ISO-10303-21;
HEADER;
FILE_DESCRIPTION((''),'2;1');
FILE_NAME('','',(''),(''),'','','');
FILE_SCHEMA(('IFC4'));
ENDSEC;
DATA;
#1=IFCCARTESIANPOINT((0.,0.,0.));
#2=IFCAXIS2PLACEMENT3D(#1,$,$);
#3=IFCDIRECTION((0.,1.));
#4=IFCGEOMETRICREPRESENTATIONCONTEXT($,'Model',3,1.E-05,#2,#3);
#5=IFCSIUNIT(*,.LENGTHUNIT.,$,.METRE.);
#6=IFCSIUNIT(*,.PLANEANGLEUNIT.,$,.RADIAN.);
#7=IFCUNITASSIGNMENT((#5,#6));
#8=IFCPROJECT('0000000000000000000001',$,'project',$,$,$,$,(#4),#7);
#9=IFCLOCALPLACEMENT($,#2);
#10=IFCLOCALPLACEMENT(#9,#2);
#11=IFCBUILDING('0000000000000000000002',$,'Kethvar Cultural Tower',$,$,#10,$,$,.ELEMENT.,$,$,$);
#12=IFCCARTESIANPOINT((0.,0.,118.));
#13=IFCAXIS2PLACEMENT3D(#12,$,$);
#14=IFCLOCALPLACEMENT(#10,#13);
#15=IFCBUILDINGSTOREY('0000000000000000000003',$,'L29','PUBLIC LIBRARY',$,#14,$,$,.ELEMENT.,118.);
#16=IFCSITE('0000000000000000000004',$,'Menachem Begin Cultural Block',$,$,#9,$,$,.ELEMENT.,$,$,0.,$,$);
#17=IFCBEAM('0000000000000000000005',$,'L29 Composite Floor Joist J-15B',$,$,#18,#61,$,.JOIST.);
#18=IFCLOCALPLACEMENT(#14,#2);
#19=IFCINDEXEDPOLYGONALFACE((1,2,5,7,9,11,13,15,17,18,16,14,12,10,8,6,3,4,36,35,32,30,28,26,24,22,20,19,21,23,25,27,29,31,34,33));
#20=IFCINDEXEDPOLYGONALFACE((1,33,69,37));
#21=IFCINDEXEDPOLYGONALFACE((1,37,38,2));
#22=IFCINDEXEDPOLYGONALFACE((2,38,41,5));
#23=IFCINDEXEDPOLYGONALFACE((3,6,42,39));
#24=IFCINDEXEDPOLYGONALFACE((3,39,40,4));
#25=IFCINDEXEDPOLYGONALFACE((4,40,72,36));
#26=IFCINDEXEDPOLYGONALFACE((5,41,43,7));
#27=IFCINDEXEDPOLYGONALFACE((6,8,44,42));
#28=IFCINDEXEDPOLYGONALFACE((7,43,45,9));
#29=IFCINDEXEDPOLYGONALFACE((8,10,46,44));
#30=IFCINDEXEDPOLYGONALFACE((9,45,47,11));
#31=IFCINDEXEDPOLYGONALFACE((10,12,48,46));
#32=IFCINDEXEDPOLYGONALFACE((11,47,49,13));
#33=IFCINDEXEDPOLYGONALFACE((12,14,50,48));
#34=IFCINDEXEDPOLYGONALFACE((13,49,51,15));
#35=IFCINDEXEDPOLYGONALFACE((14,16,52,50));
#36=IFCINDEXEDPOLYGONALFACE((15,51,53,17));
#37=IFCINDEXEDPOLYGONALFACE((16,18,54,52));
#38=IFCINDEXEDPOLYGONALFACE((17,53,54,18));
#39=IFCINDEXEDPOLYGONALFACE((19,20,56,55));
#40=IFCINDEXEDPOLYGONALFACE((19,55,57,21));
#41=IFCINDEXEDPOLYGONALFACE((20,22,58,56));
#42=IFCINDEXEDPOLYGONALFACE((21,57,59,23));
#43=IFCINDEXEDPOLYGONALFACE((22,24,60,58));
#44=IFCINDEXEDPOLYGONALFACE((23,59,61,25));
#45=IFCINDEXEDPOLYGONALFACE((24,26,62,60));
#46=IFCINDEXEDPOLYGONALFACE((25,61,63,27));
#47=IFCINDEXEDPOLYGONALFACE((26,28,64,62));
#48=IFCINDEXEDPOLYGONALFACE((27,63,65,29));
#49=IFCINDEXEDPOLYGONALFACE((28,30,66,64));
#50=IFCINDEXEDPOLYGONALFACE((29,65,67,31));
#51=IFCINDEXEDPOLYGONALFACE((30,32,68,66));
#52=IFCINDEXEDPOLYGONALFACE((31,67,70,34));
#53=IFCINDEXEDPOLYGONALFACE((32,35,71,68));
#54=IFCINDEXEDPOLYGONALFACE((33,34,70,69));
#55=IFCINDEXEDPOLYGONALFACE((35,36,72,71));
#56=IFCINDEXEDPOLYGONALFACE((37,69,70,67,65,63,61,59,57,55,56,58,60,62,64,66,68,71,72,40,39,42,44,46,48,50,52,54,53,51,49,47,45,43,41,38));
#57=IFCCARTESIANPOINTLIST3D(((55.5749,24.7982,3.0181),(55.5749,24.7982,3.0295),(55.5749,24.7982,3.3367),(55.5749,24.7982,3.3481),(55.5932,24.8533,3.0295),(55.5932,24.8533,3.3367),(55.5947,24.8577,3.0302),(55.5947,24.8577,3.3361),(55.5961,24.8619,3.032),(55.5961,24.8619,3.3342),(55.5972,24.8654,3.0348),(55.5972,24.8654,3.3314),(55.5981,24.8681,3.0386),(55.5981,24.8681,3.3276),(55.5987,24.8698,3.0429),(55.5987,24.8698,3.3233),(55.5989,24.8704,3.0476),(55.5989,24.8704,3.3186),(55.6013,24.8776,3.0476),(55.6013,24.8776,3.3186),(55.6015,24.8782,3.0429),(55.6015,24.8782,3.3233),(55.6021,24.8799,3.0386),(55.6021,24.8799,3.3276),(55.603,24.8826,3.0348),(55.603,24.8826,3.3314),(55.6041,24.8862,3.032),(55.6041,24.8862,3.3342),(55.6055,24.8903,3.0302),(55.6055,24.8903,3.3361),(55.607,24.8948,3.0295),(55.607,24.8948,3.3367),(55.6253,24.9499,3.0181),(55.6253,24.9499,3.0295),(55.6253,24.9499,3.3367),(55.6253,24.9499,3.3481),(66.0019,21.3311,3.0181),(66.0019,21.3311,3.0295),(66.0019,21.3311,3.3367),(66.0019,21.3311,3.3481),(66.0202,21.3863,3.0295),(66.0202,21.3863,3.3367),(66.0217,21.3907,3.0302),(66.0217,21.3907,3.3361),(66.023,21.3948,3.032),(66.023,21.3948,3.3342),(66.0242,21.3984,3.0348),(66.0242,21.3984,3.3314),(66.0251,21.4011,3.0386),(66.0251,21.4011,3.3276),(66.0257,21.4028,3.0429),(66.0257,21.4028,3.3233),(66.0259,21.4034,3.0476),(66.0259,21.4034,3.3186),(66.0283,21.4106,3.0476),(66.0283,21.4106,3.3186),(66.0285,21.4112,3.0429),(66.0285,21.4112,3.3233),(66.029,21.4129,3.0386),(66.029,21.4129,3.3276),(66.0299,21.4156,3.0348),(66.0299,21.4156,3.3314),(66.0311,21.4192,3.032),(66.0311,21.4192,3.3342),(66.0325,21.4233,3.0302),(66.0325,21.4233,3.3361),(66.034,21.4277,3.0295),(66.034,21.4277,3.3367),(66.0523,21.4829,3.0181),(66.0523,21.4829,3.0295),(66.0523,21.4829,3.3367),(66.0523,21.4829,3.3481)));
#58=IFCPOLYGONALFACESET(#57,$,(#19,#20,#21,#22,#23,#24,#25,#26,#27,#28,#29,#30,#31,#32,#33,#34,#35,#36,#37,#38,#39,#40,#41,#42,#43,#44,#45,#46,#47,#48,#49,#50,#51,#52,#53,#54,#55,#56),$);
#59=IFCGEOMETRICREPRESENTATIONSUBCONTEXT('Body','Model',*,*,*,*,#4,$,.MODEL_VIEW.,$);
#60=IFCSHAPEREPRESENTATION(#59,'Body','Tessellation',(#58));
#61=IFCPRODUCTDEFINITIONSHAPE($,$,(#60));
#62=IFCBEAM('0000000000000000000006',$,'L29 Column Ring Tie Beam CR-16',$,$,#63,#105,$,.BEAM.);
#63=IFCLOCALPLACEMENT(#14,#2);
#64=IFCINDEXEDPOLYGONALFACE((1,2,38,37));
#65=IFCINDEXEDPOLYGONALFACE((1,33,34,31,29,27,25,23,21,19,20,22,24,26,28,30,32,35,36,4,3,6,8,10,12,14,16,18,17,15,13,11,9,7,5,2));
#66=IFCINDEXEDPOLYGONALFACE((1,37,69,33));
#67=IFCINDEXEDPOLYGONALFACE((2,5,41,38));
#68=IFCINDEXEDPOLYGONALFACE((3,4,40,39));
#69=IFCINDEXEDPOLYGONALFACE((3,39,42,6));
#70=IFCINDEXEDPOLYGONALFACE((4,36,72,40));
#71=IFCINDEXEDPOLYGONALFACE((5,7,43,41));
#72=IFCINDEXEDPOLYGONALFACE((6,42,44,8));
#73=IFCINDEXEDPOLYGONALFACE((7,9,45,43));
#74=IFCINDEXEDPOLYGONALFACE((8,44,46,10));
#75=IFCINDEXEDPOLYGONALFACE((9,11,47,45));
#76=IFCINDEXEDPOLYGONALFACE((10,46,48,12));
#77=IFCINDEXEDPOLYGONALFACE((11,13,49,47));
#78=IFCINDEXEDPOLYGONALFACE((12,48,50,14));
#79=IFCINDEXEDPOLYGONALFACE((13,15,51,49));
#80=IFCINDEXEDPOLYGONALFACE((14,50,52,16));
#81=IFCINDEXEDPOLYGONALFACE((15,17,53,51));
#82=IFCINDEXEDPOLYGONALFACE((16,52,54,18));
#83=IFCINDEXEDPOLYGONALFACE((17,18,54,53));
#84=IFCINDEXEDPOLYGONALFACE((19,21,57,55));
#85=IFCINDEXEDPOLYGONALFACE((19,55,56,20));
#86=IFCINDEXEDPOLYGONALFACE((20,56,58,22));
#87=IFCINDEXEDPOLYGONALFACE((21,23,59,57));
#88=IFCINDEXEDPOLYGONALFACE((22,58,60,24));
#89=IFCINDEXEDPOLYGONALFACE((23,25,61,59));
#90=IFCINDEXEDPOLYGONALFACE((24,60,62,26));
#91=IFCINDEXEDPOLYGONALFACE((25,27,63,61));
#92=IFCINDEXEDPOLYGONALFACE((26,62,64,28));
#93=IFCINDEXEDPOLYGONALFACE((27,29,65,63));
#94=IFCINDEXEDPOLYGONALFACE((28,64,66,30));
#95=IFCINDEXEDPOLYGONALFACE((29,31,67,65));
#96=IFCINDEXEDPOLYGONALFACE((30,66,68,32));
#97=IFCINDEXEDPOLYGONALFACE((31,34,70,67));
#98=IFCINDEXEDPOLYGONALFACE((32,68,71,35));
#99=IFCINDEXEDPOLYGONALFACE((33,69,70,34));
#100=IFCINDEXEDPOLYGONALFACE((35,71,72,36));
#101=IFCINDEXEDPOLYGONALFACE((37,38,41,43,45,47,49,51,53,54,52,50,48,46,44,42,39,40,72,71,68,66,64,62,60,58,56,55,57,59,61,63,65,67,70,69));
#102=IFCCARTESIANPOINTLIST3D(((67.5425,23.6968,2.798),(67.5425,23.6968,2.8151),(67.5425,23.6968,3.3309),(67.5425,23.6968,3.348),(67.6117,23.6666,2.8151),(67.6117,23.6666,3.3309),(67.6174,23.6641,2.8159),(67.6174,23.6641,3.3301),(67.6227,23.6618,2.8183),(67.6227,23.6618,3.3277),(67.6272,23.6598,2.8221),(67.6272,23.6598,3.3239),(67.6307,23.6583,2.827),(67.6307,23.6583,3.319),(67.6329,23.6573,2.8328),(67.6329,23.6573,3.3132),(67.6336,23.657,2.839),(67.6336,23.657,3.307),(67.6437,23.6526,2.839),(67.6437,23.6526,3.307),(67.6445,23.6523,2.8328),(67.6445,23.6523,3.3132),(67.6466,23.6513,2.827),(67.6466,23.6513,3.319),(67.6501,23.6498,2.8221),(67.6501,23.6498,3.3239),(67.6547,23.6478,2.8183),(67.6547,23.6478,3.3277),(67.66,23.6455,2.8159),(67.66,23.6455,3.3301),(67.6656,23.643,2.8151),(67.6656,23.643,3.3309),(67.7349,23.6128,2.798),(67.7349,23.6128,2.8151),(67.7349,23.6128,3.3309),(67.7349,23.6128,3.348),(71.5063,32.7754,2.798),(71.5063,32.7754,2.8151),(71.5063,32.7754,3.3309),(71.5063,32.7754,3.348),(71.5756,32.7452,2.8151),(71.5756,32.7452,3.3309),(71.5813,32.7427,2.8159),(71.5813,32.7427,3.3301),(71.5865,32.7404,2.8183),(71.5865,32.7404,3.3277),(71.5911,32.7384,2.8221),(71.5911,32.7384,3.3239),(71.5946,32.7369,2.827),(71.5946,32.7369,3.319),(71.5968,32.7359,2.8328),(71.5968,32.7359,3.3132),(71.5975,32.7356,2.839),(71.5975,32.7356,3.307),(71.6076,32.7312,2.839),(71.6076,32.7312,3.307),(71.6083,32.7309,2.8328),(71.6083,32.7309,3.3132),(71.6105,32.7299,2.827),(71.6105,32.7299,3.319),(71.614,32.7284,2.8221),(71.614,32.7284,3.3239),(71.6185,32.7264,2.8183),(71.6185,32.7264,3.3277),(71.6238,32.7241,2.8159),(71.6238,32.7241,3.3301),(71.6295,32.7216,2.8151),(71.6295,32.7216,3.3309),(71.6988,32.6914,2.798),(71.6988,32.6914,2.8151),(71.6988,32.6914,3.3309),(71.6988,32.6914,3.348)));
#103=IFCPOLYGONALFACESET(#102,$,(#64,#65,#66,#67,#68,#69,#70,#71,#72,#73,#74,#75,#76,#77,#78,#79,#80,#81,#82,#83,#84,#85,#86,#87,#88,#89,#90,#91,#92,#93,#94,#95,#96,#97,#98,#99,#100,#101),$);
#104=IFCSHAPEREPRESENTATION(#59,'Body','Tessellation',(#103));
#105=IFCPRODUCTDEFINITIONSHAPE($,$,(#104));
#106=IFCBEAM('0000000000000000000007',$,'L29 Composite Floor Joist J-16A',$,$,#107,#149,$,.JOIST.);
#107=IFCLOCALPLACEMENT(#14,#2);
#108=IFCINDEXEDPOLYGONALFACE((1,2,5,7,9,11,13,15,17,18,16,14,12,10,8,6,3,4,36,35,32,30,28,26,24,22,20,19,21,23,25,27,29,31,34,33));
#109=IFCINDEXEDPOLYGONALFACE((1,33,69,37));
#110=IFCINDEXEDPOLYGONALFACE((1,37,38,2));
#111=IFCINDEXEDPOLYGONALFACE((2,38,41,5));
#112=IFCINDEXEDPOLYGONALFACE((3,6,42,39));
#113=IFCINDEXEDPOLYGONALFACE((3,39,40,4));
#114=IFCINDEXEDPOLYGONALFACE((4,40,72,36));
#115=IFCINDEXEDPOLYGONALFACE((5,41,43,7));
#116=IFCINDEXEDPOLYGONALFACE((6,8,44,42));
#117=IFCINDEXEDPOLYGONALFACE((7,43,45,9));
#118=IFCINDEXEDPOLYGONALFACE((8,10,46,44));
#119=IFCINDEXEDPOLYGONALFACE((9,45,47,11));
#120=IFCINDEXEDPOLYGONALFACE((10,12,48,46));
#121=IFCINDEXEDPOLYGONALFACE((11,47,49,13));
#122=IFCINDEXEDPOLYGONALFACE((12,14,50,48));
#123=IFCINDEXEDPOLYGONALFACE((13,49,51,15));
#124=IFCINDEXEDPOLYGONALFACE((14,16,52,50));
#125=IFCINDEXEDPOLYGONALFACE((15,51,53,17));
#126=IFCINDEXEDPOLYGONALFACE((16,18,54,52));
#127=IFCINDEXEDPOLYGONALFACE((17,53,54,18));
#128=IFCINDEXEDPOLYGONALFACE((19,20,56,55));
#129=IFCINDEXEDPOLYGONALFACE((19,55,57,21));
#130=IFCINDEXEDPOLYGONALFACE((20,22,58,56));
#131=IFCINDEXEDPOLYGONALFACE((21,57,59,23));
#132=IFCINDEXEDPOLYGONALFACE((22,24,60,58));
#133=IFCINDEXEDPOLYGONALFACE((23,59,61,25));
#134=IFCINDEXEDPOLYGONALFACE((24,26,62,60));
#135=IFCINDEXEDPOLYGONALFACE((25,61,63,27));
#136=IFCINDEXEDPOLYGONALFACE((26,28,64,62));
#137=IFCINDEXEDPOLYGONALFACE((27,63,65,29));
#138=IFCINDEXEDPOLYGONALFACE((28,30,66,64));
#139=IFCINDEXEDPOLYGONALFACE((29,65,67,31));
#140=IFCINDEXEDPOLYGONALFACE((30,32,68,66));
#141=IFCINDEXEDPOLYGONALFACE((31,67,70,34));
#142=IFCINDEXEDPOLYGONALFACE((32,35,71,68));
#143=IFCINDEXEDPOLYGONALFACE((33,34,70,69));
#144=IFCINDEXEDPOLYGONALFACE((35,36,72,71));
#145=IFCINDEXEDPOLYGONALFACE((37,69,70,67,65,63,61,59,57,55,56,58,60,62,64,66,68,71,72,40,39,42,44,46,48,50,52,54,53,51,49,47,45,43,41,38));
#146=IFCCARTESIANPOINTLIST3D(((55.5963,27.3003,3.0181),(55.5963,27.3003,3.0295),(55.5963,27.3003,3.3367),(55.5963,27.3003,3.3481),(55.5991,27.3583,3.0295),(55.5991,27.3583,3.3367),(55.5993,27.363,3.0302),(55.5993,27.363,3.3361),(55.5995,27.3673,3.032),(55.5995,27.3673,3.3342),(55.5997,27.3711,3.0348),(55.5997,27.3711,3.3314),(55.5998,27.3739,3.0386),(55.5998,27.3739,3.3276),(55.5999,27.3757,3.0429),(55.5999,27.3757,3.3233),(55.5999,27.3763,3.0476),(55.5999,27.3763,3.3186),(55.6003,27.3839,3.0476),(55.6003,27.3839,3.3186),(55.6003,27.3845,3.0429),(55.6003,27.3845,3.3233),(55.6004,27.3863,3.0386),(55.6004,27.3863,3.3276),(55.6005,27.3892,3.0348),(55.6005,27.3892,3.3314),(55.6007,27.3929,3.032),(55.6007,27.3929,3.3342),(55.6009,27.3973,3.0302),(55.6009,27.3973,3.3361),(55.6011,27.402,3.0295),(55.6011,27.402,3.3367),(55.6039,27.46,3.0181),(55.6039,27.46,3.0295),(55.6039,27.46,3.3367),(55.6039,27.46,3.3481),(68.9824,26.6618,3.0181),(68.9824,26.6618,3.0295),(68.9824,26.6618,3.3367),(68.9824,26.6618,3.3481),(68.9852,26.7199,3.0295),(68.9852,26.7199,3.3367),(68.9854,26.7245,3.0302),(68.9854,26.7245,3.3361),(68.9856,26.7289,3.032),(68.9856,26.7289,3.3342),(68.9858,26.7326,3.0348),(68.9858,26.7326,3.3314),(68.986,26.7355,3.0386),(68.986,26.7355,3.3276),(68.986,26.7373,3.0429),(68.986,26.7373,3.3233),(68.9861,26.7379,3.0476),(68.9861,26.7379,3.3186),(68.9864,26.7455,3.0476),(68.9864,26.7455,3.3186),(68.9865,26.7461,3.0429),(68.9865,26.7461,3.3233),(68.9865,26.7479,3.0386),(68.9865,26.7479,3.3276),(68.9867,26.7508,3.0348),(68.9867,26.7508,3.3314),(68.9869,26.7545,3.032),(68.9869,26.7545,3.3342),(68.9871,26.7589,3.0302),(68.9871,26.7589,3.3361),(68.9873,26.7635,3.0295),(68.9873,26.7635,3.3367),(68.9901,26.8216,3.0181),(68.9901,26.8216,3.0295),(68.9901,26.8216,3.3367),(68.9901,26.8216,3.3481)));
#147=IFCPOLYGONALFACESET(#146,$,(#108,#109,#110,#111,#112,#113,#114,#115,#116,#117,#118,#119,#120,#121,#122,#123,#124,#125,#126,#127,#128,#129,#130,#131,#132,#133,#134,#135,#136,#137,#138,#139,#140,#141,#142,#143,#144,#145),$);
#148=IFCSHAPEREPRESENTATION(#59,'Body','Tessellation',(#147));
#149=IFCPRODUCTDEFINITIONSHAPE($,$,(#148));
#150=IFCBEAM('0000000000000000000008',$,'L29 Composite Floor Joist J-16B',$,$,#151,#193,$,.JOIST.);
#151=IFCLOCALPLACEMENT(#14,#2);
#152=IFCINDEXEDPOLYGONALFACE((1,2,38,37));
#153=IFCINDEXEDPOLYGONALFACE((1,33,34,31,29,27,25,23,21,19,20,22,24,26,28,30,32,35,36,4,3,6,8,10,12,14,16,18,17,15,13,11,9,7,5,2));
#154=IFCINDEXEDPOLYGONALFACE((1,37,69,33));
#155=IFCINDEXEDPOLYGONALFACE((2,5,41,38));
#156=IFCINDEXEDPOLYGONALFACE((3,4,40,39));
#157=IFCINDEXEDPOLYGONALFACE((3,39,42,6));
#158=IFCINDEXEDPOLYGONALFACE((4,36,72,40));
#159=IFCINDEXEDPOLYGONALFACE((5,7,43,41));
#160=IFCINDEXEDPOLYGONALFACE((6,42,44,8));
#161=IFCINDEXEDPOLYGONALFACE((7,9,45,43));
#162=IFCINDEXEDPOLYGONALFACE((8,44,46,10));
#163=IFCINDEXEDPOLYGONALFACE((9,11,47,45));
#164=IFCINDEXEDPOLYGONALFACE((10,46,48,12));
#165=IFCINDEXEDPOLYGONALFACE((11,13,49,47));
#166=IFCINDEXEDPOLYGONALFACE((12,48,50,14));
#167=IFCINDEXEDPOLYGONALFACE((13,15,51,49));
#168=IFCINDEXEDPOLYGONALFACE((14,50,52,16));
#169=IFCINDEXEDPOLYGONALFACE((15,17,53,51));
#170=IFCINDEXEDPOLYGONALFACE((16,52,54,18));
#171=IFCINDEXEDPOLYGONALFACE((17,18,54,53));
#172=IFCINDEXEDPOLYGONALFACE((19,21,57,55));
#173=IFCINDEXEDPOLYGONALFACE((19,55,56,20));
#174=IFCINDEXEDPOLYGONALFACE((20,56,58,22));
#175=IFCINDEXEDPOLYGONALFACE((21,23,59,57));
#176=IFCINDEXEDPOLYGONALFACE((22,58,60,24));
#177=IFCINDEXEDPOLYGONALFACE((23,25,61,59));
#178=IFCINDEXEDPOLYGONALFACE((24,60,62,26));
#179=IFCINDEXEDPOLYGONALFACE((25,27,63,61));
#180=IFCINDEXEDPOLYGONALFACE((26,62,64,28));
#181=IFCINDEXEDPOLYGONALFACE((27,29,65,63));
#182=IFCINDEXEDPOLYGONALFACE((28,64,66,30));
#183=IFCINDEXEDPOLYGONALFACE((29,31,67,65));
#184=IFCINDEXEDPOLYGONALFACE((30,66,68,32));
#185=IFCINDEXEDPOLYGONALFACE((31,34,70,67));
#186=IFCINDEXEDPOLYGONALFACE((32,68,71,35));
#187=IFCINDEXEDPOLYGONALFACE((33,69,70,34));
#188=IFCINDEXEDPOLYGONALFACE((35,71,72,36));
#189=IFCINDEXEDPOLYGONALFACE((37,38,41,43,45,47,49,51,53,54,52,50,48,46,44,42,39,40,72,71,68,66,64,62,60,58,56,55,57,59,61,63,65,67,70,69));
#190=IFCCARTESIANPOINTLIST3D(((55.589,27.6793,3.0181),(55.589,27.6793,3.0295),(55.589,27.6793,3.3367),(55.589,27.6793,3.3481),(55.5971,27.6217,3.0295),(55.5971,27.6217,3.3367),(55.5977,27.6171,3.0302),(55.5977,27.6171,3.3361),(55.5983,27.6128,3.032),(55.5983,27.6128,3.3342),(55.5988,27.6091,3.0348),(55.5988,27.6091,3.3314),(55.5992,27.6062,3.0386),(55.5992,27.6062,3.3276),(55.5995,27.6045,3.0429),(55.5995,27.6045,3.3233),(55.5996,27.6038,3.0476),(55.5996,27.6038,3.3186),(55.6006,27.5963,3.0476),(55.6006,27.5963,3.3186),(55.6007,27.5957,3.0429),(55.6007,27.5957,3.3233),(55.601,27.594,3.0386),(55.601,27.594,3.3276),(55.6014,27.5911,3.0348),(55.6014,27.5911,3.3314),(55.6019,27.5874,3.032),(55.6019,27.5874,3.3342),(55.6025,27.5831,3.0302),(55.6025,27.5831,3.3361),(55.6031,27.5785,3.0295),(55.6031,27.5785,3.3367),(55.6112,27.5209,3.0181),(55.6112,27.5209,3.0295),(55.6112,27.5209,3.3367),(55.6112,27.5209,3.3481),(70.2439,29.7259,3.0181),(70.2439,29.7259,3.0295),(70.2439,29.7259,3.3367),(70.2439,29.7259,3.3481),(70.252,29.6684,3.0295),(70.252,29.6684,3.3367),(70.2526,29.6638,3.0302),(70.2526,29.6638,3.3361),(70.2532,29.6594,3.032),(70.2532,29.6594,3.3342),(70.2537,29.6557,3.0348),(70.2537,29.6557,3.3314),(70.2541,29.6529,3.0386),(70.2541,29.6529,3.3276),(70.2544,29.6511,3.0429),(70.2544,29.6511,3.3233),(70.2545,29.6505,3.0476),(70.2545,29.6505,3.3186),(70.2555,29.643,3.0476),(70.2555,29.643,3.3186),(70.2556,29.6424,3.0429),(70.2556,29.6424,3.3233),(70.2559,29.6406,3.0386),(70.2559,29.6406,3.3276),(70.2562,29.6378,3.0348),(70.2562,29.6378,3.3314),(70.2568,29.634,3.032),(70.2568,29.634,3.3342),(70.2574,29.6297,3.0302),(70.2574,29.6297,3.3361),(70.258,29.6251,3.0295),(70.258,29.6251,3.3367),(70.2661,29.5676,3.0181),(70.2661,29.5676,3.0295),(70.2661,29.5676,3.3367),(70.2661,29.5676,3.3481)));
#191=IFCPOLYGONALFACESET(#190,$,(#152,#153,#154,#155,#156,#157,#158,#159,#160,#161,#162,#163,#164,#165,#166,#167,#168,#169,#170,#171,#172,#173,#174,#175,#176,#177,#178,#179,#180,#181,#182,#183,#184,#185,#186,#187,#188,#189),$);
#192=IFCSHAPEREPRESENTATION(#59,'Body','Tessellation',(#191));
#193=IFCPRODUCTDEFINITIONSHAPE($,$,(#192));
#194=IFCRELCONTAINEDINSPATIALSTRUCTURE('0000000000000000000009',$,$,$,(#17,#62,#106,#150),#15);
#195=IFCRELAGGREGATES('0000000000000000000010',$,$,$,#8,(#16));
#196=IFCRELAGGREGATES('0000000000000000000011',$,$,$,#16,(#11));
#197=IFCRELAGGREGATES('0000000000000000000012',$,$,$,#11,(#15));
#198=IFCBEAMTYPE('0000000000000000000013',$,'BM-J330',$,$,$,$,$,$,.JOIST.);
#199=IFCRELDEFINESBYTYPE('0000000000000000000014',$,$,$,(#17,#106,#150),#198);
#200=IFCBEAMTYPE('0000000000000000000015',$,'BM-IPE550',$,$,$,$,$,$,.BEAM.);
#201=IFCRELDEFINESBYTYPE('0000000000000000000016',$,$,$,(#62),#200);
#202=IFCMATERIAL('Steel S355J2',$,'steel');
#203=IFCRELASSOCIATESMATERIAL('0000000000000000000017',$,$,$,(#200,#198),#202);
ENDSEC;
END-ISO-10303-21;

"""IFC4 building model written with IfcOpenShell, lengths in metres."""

from ifc_helpers import new_model, si_unit, direction, frame, origin, origin_2d, place, context, subcontext, project, spatial, i_section, extrude, source, transform, mapped, material, material_profile, profile_set, type_object, element, save


model = new_model("IFC4")

# Units and contexts
model_context = context("Model", 3, precision=1e-05, world=origin(), true_north=direction((0.0, 1.0)))
body_context = subcontext(model_context, "Body", "Model", "MODEL_VIEW")
ifc_project = project(units=[si_unit("LENGTHUNIT", "METRE"), si_unit("PLANEANGLEUNIT", "RADIAN")], contexts=[model_context])

# Site, building, storey
site_placement = place(None, origin())
site = spatial("IfcSite", under=ifc_project, at=site_placement, Name="Menachem Begin Cultural Block", CompositionType="ELEMENT", RefElevation=0.0)
building_placement = place(site_placement, origin())
building = spatial("IfcBuilding", under=site, at=building_placement, Name="Kethvar Cultural Tower", CompositionType="ELEMENT")
storey_placement = place(building_placement, frame((0.0, 0.0, 118.0)))
storey = spatial("IfcBuildingStorey", under=building, at=storey_placement, Name="L29", Description="PUBLIC LIBRARY", CompositionType="ELEMENT", Elevation=118.0)

# Beams
ifc_material_1 = material(Name="Steel S355J2", Category="steel")
ifc_material_profile_1 = material_profile(ifc_material_1, i_section(OverallWidth=0.21, OverallDepth=0.55, WebThickness=0.011, FlangeThickness=0.0171, FilletRadius=0.0239, at=origin_2d()), Name="Steel S355J2 — IPE550")
ifc_profile_set_1 = profile_set([ifc_material_profile_1], Name="Steel S355J2 — IPE550")
beam_type_1 = type_object("IfcBeamType", Name="BM-IPE550", PredefinedType="BEAM", material=ifc_profile_set_1)
ifc_material_profile_2 = material_profile(ifc_material_1, i_section(OverallWidth=0.1599, OverallDepth=0.3301, WebThickness=0.0076, FlangeThickness=0.0115, FilletRadius=0.0181, at=origin_2d()), Name="Steel S355J2 — IPE330")
ifc_profile_set_2 = profile_set([ifc_material_profile_2], Name="Steel S355J2 — IPE330")
beam_type_2 = type_object("IfcBeamType", Name="BM-J330", PredefinedType="JOIST", material=ifc_profile_set_2)
shared_shape_1 = source(origin(), body_context, "Body", "SweptSolid", [
    extrude(i_section(OverallWidth=0.1599, OverallDepth=0.3301, WebThickness=0.0076, FlangeThickness=0.0115, FilletRadius=0.0181, at=origin_2d()), origin(), (0.0, 0.0, 1.0), 10.9883),
])
beam_1_placement = place(storey_placement, frame((55.6001, 24.874, 3.1831), z_axis=(0.948919, -0.315521, 0.0), x_axis=(0.315521, 0.948919, 0.0)))
element("IfcBeam", 1, at=beam_1_placement, inside=storey, type_object=beam_type_2, Name="L29 Composite Floor Joist J-15B", PredefinedType="JOIST", context=body_context, shape_type="MappedRepresentation", body=[
    mapped(shared_shape_1, transform((0.0, 0.0, 0.0), scale=1.0)),
])
shared_shape_2 = source(origin(), body_context, "Body", "SweptSolid", [
    extrude(i_section(OverallWidth=0.21, OverallDepth=0.55, WebThickness=0.011, FlangeThickness=0.0171, FilletRadius=0.0239, at=origin_2d()), origin(), (0.0, 0.0, 1.0), 9.9062),
])
beam_2_placement = place(storey_placement, frame((67.6387, 23.6548, 3.073), z_axis=(0.400139, 0.916455, 0.0), x_axis=(-0.916455, 0.400139, 0.0)))
element("IfcBeam", 2, at=beam_2_placement, inside=storey, type_object=beam_type_1, Name="L29 Column Ring Tie Beam CR-16", PredefinedType="BEAM", context=body_context, shape_type="MappedRepresentation", body=[
    mapped(shared_shape_2, transform((0.0, 0.0, 0.0), scale=1.0)),
])
shared_shape_3 = source(origin(), body_context, "Body", "SweptSolid", [
    extrude(i_section(OverallWidth=0.1599, OverallDepth=0.3301, WebThickness=0.0076, FlangeThickness=0.0115, FilletRadius=0.0181, at=origin_2d()), origin(), (0.0, 0.0, 1.0), 13.4014),
])
beam_3_placement = place(storey_placement, frame((55.6001, 27.3801, 3.1831), z_axis=(0.998865, -0.047639, 0.0), x_axis=(0.047639, 0.998865, 0.0)))
element("IfcBeam", 3, at=beam_3_placement, inside=storey, type_object=beam_type_2, Name="L29 Composite Floor Joist J-16A", PredefinedType="JOIST", context=body_context, shape_type="MappedRepresentation", body=[
    mapped(shared_shape_3, transform((0.0, 0.0, 0.0), scale=1.0)),
])
shared_shape_4 = source(origin(), body_context, "Body", "SweptSolid", [
    extrude(i_section(OverallWidth=0.1599, OverallDepth=0.3301, WebThickness=0.0076, FlangeThickness=0.0115, FilletRadius=0.0181, at=origin_2d()), origin(), (0.0, 0.0, 1.0), 14.7971),
])
beam_4_placement = place(storey_placement, frame((55.6001, 27.6001, 3.1831), z_axis=(0.990388, 0.138314, 0.0), x_axis=(-0.138314, 0.990388, 0.0)))
element("IfcBeam", 4, at=beam_4_placement, inside=storey, type_object=beam_type_2, Name="L29 Composite Floor Joist J-16B", PredefinedType="JOIST", context=body_context, shape_type="MappedRepresentation", body=[
    mapped(shared_shape_4, transform((0.0, 0.0, 0.0), scale=1.0)),
])

save(model, "model.ifc")
